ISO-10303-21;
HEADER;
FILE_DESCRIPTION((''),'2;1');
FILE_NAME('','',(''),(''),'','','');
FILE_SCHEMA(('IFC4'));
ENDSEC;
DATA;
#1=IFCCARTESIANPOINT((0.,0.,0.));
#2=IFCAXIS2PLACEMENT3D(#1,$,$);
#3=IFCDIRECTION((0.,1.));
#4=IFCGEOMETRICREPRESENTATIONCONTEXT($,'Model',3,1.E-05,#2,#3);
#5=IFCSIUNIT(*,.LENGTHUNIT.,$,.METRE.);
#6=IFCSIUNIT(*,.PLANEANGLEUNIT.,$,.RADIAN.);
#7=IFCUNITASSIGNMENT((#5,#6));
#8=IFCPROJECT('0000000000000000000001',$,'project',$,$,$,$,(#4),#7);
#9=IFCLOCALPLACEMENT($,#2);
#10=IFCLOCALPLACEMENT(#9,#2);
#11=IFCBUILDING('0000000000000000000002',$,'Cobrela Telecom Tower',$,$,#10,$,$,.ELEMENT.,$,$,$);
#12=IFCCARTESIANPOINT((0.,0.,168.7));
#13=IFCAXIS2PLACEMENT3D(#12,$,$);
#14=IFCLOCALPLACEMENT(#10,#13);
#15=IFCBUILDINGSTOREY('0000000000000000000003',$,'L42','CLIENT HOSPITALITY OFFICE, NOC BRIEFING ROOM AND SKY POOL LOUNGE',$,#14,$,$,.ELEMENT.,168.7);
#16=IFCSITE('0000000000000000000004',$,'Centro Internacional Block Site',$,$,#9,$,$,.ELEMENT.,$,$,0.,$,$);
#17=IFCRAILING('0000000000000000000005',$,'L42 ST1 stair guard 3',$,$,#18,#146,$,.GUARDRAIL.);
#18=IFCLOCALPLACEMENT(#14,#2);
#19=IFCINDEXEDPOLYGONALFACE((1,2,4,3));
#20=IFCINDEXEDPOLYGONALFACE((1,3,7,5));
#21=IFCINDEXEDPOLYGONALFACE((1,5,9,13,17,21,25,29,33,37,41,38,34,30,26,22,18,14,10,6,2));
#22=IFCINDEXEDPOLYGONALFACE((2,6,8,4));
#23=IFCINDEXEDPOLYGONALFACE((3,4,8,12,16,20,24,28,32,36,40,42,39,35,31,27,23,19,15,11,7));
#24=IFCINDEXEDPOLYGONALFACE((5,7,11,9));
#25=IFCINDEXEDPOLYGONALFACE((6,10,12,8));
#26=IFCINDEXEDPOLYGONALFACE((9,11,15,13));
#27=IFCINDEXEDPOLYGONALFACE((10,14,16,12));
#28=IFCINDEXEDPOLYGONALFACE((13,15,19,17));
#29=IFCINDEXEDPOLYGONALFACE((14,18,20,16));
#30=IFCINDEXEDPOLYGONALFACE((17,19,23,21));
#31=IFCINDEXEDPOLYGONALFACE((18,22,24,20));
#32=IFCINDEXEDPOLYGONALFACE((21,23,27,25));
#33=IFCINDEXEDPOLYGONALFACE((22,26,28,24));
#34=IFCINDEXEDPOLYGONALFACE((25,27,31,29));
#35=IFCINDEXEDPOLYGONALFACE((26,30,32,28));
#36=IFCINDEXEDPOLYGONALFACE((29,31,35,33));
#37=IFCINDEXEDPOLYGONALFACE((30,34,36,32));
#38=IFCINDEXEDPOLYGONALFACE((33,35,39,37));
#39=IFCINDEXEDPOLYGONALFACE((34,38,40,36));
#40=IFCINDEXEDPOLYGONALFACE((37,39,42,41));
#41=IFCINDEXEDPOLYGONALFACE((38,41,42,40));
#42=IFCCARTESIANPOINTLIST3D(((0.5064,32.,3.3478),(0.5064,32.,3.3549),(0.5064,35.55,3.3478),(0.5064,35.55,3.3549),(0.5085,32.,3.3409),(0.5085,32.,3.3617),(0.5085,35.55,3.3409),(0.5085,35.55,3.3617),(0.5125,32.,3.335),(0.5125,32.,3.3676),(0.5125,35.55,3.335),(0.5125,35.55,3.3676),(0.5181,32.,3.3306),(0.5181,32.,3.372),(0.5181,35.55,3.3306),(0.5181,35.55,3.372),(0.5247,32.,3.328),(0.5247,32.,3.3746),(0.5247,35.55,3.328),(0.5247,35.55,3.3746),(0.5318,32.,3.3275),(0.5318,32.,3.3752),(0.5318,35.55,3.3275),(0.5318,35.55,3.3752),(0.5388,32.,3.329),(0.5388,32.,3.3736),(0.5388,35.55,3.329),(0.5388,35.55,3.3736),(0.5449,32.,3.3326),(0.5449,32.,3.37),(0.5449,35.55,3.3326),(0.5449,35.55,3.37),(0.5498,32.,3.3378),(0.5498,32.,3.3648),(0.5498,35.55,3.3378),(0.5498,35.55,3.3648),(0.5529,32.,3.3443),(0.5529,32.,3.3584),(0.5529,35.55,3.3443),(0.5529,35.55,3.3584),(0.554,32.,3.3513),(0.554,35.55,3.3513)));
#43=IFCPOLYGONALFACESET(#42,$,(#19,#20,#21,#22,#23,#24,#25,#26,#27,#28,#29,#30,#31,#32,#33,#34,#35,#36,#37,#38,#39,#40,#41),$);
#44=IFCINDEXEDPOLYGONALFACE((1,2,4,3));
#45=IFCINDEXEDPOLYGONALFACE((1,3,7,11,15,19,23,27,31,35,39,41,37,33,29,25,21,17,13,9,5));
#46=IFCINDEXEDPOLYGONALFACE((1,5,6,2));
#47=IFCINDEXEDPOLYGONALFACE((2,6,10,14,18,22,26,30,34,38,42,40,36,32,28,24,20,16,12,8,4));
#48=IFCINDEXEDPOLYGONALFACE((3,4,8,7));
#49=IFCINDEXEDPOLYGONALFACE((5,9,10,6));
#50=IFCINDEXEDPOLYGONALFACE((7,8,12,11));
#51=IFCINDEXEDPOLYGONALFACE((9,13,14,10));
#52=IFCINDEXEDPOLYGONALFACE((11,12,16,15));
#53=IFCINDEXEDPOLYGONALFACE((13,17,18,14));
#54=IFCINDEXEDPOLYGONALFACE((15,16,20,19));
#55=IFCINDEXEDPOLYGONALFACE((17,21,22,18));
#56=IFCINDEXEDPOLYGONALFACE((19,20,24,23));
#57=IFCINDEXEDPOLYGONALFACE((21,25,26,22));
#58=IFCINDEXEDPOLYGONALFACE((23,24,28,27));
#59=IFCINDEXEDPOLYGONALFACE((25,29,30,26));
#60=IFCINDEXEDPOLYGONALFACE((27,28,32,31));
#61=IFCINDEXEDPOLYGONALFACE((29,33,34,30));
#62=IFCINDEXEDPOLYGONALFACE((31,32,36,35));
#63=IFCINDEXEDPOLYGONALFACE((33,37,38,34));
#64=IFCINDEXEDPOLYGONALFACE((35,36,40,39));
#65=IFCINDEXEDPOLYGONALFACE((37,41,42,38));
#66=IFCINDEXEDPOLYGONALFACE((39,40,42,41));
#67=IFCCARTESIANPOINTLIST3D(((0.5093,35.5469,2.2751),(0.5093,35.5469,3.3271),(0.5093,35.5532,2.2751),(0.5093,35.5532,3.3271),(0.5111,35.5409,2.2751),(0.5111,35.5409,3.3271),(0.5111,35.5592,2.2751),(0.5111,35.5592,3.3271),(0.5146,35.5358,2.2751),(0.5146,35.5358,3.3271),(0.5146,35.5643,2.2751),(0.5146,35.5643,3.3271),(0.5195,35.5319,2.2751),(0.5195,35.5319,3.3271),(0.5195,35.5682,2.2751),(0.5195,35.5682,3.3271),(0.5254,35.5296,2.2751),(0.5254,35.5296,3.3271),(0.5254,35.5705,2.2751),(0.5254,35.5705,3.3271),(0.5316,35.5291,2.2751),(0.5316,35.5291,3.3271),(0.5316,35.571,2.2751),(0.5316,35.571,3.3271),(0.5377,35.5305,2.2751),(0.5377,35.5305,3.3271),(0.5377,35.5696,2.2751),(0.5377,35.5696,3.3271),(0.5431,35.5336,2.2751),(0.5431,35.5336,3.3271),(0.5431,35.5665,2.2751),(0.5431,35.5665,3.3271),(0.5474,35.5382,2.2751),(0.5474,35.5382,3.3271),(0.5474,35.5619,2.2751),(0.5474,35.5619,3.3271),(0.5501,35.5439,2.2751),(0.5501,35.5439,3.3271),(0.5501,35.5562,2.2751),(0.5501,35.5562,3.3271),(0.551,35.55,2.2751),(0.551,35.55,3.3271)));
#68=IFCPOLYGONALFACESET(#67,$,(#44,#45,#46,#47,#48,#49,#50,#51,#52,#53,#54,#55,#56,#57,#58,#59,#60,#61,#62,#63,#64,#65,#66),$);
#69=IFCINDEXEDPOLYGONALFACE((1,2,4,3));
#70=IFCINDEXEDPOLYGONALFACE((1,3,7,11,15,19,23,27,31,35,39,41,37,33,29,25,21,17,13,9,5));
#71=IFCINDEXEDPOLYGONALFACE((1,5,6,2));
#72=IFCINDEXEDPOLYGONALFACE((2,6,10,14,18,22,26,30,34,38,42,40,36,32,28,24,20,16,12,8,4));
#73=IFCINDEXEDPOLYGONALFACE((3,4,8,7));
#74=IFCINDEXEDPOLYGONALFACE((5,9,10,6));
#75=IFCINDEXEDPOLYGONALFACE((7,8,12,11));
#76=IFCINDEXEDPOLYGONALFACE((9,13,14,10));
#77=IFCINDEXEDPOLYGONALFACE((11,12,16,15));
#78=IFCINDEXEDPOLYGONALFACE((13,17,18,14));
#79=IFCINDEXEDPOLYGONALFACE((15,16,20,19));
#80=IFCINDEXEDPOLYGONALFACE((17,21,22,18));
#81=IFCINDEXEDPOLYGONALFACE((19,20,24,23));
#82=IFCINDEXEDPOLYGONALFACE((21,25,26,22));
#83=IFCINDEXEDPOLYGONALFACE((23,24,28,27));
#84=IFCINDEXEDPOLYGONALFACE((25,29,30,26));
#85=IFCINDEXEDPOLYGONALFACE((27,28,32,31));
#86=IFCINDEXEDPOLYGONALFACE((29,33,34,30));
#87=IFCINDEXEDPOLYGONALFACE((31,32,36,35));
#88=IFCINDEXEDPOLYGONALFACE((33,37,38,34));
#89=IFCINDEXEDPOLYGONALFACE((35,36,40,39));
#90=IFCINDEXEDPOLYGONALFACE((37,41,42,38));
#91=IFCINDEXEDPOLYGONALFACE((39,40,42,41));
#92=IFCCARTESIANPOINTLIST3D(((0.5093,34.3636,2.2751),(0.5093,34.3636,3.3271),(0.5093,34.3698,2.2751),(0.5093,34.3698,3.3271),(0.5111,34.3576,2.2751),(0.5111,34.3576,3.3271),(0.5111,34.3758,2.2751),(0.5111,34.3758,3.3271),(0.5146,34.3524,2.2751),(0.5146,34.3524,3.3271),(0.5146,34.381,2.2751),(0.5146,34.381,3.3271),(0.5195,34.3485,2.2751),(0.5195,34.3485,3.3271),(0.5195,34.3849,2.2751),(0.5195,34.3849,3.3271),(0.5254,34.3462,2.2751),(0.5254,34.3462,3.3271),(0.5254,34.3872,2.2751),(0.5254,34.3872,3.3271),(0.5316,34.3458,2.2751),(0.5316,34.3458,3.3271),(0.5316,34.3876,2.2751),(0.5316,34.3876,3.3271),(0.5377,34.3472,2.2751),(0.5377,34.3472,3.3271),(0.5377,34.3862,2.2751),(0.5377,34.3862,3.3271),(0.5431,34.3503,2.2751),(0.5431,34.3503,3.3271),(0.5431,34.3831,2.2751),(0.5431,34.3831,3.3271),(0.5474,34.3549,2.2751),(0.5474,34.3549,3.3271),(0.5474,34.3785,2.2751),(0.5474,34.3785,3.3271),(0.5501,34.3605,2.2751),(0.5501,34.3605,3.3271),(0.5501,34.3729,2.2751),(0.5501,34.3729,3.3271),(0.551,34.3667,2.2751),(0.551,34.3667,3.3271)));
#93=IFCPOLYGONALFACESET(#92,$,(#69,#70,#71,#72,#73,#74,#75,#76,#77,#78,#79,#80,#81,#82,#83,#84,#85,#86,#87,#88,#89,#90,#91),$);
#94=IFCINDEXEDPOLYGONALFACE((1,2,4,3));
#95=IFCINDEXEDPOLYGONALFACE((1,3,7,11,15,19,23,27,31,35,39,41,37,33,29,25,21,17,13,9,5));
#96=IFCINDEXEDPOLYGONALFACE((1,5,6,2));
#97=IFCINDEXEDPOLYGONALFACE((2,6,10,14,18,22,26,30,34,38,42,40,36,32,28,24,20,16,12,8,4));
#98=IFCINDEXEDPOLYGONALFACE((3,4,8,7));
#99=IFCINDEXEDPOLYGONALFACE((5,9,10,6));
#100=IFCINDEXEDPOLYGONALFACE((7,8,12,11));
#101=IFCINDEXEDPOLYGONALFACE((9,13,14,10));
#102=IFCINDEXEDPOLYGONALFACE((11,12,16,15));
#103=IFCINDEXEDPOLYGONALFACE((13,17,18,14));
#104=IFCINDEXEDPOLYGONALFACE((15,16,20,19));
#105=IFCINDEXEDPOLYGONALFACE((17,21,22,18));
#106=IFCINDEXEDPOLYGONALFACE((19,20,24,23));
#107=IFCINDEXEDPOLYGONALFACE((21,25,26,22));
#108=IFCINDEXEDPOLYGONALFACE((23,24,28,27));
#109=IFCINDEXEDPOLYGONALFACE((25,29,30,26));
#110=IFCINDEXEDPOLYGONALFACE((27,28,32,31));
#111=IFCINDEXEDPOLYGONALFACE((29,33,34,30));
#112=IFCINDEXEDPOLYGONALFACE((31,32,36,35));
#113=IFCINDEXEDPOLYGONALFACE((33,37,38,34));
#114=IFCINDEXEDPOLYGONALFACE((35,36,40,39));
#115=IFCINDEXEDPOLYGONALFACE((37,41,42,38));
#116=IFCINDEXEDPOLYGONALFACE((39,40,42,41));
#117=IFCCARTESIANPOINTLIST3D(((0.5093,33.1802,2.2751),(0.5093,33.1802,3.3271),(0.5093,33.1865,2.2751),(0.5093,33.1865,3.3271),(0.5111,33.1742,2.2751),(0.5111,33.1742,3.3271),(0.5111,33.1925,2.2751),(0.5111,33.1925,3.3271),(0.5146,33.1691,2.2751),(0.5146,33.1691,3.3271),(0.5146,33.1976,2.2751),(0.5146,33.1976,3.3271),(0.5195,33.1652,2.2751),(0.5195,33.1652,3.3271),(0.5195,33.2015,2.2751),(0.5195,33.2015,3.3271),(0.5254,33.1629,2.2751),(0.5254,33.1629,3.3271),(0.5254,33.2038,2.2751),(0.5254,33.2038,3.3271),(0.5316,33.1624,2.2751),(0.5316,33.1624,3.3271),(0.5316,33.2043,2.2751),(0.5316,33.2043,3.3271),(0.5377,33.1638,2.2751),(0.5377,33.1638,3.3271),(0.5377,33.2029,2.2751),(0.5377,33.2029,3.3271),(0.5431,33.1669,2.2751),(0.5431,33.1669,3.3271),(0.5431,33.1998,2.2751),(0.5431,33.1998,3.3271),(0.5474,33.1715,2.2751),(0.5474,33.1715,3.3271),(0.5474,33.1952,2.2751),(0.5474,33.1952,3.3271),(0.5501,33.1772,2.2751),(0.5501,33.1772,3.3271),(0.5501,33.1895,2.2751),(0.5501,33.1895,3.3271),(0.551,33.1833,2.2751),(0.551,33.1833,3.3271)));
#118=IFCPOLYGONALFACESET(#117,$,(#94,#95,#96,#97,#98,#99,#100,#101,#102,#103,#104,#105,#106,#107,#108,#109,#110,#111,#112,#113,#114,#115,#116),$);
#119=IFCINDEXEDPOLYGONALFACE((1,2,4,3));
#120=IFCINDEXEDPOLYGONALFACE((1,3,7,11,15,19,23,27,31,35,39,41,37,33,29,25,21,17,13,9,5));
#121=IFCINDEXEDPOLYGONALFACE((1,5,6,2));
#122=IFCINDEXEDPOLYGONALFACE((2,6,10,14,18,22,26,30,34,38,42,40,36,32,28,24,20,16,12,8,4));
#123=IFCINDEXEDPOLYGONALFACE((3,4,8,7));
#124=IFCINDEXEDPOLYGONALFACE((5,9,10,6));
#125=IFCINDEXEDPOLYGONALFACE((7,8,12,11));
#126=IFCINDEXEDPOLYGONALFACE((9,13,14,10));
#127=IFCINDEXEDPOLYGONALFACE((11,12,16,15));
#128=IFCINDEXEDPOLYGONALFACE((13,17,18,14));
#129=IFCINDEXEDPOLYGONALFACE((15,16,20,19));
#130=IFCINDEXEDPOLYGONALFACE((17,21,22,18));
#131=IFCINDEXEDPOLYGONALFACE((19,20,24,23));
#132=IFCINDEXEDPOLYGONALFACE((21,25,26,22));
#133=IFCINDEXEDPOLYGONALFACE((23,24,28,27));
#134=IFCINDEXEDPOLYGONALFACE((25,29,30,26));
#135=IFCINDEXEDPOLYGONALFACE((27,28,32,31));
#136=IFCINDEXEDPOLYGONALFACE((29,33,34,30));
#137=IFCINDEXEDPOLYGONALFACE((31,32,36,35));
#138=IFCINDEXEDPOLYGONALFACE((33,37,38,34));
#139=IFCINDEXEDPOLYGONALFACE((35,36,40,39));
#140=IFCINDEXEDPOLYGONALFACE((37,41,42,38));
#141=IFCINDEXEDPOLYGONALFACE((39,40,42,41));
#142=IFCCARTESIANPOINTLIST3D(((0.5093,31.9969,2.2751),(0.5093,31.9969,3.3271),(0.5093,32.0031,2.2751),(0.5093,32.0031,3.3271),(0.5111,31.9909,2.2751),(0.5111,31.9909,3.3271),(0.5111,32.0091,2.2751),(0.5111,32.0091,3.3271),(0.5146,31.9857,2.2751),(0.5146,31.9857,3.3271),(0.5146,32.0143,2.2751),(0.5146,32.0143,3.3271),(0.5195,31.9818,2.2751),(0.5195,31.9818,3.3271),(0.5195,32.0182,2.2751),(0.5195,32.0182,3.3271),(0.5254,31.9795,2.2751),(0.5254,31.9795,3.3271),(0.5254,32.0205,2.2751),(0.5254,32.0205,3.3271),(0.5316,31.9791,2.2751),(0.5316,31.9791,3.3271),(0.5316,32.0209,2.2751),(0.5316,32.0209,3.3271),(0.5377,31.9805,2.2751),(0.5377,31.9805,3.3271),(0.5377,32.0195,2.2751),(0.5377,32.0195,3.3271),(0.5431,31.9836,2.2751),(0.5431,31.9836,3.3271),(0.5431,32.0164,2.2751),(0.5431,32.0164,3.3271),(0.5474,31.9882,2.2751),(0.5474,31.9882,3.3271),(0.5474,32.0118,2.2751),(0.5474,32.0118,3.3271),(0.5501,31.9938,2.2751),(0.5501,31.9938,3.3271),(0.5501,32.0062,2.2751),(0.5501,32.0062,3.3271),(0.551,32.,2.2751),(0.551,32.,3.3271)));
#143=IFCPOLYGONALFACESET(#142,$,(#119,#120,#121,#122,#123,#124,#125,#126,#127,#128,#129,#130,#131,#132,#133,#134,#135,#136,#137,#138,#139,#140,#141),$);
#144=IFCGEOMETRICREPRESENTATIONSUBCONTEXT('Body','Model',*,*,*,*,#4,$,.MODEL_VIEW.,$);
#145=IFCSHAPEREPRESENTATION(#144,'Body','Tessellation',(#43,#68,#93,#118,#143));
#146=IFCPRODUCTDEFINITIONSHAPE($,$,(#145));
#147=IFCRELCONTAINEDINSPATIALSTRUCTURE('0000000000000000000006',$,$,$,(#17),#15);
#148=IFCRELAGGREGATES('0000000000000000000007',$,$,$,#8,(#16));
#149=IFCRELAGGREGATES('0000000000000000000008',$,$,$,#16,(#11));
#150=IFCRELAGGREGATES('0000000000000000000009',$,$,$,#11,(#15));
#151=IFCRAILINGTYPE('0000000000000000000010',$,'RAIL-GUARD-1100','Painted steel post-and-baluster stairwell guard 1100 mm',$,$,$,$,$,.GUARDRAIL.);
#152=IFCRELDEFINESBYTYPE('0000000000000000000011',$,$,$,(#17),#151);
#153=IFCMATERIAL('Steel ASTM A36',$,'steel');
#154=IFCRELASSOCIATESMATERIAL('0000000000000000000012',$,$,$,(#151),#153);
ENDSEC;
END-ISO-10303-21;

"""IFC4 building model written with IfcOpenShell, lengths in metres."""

from ifc_helpers import new_model, si_unit, direction, frame, origin, origin_2d, place, context, subcontext, project, spatial, circle, extrude, material, type_object, element, save


model = new_model("IFC4")

# Units and contexts
model_context = context("Model", 3, precision=1e-05, world=origin(), true_north=direction((0.0, 1.0)))
body_context = subcontext(model_context, "Body", "Model", "MODEL_VIEW")
ifc_project = project(units=[si_unit("LENGTHUNIT", "METRE"), si_unit("PLANEANGLEUNIT", "RADIAN")], contexts=[model_context])

# Site, building, storey
site_placement = place(None, origin())
site = spatial("IfcSite", under=ifc_project, at=site_placement, Name="Centro Internacional Block Site", CompositionType="ELEMENT", RefElevation=0.0)
building_placement = place(site_placement, origin())
building = spatial("IfcBuilding", under=site, at=building_placement, Name="Cobrela Telecom Tower", CompositionType="ELEMENT")
storey_placement = place(building_placement, frame((0.0, 0.0, 168.7)))
storey = spatial("IfcBuildingStorey", under=building, at=storey_placement, Name="L42", Description="CLIENT HOSPITALITY OFFICE, NOC BRIEFING ROOM AND SKY POOL LOUNGE", CompositionType="ELEMENT", Elevation=168.7)

# Railing
ifc_material_1 = material(Name="Steel ASTM A36", Category="steel")
railing_type_1 = type_object("IfcRailingType", Name="RAIL-GUARD-1100", Description="Painted steel post-and-baluster stairwell guard 1100 mm", PredefinedType="GUARDRAIL", material=ifc_material_1)
railing_1_placement = place(storey_placement, frame((0.53, 35.55, 2.2751)))
element("IfcRailing", 1, at=railing_1_placement, inside=storey, type_object=railing_type_1, Name="L42 ST1 stair guard 3", PredefinedType="GUARDRAIL", context=body_context, shape_type="SweptSolid", body=[
    extrude(circle(Radius=0.0239, at=origin_2d()), frame((0.0, 0.0, 1.0762), z_axis=(0.0, -1.0, 0.0), x_axis=(1.0, 0.0, 0.0)), (0.0, 0.0, 1.0), 3.55),
    extrude(circle(Radius=0.021, at=origin_2d()), origin(), (0.0, 0.0, 1.0), 1.052),
    extrude(circle(Radius=0.021, at=origin_2d()), frame((0.0, -1.1833, 0.0)), (0.0, 0.0, 1.0), 1.052),
    extrude(circle(Radius=0.021, at=origin_2d()), frame((0.0, -2.3667, 0.0)), (0.0, 0.0, 1.0), 1.052),
    extrude(circle(Radius=0.021, at=origin_2d()), frame((0.0, -3.55, 0.0)), (0.0, 0.0, 1.0), 1.052),
])

save(model, "model.ifc")
